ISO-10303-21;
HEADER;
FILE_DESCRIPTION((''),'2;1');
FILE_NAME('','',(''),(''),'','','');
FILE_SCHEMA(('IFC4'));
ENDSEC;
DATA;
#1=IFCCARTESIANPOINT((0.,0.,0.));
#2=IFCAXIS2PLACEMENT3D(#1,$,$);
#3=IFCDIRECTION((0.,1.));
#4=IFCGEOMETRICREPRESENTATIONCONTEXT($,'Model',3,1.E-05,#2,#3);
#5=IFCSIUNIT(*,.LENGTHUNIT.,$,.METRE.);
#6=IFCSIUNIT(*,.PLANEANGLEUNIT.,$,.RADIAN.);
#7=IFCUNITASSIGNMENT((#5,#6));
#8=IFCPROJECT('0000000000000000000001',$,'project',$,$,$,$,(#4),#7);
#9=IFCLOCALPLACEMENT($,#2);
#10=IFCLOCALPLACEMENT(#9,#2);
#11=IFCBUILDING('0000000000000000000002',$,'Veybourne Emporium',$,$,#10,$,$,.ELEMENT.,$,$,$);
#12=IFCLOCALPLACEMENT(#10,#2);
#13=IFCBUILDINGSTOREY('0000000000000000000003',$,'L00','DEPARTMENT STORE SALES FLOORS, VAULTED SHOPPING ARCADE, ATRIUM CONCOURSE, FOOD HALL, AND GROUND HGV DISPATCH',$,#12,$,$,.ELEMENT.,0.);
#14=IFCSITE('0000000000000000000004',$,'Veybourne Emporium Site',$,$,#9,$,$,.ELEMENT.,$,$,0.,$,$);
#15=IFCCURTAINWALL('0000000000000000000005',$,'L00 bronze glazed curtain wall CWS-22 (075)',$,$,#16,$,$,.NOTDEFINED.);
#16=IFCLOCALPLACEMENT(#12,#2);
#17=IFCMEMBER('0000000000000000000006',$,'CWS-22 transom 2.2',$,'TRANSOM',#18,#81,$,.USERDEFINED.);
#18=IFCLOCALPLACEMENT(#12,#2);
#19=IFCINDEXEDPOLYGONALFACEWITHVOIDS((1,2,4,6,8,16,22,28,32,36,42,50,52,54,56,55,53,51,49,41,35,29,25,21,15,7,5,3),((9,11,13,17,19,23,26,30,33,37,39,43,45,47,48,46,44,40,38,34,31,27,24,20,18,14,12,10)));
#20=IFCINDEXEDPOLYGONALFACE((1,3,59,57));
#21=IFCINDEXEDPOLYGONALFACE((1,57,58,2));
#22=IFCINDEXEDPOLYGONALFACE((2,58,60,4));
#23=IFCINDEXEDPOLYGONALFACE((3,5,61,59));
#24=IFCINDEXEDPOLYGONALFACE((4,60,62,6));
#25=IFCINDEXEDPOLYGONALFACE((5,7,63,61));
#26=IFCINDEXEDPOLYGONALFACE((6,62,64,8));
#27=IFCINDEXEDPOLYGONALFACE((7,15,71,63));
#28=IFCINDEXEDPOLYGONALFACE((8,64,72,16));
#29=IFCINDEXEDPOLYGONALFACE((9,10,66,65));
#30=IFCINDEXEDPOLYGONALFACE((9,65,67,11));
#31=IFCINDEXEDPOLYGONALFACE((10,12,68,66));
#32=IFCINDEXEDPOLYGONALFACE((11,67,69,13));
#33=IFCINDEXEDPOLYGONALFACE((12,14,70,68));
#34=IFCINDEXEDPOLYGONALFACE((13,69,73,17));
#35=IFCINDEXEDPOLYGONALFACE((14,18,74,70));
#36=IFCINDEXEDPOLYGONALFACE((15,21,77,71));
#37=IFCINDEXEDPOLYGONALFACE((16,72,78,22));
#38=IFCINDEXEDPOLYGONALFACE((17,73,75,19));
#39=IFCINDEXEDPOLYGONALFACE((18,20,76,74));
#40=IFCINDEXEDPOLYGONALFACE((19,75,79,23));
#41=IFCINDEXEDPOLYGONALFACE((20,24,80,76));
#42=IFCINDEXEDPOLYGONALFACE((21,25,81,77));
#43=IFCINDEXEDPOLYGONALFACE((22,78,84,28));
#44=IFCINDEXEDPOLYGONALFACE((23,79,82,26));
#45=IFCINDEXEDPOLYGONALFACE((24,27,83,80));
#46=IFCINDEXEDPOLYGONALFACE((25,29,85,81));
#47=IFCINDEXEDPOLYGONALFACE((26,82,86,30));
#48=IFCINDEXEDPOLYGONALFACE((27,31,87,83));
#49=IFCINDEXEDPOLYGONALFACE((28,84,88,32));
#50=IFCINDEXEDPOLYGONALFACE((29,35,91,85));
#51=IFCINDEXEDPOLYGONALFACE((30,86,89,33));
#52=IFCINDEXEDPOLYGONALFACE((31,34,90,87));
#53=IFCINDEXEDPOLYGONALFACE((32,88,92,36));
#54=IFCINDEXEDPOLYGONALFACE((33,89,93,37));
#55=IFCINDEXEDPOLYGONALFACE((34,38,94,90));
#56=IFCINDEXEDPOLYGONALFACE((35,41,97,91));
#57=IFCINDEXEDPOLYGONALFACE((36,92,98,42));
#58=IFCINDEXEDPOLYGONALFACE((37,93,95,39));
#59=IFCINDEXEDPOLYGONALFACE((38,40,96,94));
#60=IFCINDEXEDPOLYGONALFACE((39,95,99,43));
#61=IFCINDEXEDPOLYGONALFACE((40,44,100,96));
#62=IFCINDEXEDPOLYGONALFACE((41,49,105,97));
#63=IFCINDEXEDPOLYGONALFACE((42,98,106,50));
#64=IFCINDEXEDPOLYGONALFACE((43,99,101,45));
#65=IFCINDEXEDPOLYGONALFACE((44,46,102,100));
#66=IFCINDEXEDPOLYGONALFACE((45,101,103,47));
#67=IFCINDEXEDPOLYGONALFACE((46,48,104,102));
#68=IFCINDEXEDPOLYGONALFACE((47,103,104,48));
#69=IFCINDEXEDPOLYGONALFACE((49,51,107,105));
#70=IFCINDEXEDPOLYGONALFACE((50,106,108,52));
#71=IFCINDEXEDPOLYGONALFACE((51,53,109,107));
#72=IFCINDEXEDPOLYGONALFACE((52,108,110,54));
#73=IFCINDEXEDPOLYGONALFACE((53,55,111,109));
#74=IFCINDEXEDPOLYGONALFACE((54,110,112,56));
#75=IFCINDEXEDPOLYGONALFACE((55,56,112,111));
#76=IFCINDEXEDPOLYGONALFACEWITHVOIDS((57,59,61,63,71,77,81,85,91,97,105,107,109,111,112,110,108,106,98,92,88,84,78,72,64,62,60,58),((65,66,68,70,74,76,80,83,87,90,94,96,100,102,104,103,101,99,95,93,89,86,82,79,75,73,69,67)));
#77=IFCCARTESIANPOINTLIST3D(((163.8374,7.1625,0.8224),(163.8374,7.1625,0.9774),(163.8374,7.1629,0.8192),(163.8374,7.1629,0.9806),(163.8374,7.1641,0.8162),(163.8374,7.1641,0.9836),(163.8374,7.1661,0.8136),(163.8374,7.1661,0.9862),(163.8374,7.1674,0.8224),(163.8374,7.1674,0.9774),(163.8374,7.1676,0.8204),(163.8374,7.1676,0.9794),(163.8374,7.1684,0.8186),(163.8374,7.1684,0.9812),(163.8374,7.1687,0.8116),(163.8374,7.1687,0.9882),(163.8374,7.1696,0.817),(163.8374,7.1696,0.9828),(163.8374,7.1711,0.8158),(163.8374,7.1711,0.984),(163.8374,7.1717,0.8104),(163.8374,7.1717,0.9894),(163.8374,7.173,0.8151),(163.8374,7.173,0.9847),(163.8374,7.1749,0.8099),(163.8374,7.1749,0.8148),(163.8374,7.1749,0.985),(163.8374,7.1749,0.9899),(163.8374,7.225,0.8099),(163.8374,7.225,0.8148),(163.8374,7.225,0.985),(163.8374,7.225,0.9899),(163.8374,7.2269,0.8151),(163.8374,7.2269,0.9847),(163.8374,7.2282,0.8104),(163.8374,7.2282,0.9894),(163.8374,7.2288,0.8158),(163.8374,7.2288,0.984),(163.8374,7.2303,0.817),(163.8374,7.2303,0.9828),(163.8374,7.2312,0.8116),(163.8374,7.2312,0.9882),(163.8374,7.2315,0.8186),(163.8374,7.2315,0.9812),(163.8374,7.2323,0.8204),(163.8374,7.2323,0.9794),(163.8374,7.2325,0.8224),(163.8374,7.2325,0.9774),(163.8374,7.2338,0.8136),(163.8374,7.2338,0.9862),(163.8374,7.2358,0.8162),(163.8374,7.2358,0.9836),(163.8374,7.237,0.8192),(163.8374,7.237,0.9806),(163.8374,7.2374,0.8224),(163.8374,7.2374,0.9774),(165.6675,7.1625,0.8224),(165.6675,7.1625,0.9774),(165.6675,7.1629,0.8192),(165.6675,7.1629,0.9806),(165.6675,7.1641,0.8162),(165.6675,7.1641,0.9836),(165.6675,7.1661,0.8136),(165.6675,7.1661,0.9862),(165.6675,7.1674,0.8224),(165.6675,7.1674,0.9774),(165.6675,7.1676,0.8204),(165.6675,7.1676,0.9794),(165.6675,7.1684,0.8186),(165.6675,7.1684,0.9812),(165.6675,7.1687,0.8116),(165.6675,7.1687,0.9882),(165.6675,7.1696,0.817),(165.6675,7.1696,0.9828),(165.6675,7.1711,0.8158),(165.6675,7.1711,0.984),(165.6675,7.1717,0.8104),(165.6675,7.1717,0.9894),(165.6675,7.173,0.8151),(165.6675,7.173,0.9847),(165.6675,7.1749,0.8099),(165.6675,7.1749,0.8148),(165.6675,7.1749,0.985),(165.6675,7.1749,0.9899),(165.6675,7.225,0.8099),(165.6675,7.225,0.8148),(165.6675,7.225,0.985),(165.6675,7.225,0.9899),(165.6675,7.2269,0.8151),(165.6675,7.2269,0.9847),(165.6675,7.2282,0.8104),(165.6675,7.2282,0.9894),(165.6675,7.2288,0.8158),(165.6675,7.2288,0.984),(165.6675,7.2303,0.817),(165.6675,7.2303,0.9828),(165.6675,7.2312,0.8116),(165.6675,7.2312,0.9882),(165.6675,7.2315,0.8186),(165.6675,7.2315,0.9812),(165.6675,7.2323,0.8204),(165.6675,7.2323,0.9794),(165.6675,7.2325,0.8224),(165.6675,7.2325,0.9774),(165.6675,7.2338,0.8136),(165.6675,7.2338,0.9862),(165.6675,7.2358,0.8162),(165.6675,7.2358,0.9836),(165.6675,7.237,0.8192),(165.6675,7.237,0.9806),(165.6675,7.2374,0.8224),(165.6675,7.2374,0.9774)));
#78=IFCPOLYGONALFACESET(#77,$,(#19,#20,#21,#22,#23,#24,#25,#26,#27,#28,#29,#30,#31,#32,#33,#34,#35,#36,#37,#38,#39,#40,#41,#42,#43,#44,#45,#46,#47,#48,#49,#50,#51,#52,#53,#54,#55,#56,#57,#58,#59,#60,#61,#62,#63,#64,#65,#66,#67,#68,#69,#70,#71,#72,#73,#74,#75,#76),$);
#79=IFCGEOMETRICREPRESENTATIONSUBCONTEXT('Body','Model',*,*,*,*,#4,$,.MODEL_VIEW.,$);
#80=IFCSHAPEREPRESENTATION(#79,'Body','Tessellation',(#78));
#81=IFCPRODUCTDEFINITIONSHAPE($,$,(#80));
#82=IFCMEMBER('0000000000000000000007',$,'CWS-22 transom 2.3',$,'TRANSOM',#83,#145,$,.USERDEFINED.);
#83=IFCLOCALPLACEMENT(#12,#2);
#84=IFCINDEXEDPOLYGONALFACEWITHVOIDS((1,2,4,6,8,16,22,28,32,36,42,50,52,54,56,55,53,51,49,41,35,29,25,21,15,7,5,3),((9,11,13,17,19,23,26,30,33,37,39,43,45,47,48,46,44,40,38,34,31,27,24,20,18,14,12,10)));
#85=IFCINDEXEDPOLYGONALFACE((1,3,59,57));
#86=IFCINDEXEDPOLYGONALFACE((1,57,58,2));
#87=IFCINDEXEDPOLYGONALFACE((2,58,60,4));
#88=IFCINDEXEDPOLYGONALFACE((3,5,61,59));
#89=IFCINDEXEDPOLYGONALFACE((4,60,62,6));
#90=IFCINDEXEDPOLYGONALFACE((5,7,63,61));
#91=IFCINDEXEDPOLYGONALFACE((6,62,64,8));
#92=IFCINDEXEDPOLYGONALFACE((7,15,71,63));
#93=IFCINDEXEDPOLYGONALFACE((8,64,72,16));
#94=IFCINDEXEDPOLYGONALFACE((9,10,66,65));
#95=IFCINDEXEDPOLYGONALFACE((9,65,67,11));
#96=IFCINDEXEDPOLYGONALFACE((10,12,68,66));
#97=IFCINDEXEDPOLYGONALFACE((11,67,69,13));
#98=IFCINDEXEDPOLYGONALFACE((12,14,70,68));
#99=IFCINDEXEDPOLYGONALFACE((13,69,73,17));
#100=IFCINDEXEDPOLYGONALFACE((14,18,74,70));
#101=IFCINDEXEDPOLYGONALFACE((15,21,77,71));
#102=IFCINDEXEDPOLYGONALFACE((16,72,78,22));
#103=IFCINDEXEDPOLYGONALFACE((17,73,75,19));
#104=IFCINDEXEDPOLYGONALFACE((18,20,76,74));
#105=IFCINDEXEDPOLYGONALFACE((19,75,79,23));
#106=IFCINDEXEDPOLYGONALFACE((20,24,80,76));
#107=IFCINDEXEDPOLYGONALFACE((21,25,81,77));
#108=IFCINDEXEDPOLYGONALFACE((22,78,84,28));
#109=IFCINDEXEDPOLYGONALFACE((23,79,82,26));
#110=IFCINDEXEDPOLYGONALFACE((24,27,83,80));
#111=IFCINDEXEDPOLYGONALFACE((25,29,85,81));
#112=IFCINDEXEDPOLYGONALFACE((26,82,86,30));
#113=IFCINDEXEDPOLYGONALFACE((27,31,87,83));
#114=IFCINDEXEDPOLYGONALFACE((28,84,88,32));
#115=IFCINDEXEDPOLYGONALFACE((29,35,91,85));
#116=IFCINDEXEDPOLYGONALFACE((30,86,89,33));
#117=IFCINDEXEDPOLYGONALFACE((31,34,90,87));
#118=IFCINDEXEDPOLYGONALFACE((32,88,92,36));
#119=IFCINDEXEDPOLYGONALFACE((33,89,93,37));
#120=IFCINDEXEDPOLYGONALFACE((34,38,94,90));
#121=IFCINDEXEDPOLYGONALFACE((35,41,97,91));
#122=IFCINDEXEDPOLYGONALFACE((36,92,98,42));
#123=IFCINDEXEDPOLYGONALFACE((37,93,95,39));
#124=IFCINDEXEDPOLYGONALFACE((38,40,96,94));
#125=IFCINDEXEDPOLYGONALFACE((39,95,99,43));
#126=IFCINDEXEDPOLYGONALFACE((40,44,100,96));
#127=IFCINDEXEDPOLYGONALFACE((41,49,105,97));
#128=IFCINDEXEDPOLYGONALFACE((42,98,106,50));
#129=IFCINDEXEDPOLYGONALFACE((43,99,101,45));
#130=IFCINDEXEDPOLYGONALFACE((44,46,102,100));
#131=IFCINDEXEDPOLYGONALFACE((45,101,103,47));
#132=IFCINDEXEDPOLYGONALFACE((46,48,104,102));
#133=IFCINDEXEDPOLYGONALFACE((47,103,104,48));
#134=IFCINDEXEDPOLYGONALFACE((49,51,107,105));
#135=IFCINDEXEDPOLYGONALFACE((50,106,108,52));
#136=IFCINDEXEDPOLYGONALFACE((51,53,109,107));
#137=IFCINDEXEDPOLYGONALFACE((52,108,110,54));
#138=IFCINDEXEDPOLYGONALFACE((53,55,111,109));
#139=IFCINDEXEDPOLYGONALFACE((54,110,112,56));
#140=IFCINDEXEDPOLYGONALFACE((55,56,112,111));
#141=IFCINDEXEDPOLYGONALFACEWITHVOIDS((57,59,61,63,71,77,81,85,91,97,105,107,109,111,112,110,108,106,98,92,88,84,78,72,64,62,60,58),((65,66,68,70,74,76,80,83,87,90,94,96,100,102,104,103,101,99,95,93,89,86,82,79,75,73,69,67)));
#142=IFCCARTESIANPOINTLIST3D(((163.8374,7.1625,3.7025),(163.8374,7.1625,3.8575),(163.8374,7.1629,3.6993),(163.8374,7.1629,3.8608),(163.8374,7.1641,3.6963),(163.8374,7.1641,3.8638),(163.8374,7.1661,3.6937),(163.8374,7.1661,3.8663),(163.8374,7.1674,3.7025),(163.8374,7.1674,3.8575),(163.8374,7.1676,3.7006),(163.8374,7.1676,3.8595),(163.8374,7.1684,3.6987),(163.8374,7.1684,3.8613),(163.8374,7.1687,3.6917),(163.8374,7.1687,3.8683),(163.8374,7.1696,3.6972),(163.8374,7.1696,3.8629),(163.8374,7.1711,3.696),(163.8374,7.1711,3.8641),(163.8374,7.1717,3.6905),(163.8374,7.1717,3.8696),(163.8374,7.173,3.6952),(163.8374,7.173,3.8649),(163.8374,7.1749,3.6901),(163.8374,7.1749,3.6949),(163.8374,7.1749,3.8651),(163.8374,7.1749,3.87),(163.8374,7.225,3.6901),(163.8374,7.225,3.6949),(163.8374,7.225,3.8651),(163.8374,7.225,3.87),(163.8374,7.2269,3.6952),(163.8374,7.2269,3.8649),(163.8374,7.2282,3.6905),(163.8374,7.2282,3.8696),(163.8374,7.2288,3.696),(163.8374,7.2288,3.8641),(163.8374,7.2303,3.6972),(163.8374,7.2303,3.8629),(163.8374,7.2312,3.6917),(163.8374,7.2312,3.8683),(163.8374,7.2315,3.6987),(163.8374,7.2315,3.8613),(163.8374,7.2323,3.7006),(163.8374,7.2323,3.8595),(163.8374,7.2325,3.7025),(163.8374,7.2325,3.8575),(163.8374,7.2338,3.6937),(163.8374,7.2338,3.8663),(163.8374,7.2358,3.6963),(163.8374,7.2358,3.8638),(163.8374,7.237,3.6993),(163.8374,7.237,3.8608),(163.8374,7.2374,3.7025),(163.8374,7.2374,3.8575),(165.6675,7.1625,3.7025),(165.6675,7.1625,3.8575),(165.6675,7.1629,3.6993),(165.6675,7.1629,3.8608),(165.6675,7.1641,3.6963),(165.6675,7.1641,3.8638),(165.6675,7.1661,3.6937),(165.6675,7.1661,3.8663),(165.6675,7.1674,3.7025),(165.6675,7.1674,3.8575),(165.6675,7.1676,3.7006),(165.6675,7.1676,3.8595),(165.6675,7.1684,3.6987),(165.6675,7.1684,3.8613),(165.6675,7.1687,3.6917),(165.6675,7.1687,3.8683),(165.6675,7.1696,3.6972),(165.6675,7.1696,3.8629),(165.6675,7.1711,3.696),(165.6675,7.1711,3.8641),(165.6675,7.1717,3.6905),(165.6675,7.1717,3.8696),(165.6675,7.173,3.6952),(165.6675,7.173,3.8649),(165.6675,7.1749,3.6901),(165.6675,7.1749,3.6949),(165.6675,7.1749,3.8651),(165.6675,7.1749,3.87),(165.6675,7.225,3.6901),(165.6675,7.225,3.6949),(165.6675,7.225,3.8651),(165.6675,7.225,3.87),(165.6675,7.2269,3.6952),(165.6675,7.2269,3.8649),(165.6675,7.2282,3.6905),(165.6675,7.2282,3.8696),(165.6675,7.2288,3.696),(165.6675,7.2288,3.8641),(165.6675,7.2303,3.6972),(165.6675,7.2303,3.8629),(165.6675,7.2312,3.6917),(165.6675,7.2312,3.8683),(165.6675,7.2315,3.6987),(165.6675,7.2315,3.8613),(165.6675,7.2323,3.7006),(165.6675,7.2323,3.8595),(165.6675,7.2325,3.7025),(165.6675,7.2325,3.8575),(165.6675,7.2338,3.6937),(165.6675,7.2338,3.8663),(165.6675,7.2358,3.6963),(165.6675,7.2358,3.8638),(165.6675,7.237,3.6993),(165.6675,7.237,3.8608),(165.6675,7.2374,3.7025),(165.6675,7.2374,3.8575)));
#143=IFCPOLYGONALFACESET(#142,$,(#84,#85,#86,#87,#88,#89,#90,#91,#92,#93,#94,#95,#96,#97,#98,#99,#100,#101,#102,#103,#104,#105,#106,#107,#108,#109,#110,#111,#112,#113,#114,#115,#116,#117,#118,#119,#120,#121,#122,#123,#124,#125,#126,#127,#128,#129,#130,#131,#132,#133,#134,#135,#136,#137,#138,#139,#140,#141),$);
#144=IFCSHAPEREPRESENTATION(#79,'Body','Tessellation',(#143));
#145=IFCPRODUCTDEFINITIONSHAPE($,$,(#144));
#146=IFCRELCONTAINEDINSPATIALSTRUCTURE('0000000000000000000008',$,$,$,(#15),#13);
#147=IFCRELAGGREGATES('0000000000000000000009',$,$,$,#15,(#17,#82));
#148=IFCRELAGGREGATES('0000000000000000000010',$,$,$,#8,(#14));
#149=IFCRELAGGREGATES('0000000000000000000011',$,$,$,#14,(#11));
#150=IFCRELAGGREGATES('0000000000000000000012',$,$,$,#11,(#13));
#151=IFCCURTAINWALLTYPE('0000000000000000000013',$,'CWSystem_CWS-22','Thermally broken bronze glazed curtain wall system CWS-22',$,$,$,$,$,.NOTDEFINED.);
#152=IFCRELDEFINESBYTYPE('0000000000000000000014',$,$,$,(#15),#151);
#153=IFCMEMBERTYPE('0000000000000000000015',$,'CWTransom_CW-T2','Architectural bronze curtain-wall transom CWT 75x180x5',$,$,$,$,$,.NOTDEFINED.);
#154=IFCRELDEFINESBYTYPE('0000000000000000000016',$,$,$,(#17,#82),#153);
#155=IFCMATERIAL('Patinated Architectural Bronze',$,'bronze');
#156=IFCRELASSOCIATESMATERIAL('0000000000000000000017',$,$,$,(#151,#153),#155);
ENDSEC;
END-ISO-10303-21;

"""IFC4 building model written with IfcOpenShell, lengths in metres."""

from ifc_helpers import new_model, si_unit, direction, frame, origin, origin_2d, place, context, subcontext, project, spatial, hollow_rectangle, extrude, material, material_profile, profile_set, type_object, element, aggregate, save


model = new_model("IFC4")

# Units and contexts
model_context = context("Model", 3, precision=1e-05, world=origin(), true_north=direction((0.0, 1.0)))
body_context = subcontext(model_context, "Body", "Model", "MODEL_VIEW")
ifc_project = project(units=[si_unit("LENGTHUNIT", "METRE"), si_unit("PLANEANGLEUNIT", "RADIAN")], contexts=[model_context])

# Site, building, storey
site_placement = place(None, origin())
site = spatial("IfcSite", under=ifc_project, at=site_placement, Name="Veybourne Emporium Site", CompositionType="ELEMENT", RefElevation=0.0)
building_placement = place(site_placement, origin())
building = spatial("IfcBuilding", under=site, at=building_placement, Name="Veybourne Emporium", CompositionType="ELEMENT")
storey_placement = place(building_placement, origin())
storey = spatial("IfcBuildingStorey", under=building, at=storey_placement, Name="L00", Description="DEPARTMENT STORE SALES FLOORS, VAULTED SHOPPING ARCADE, ATRIUM CONCOURSE, FOOD HALL, AND GROUND HGV DISPATCH", CompositionType="ELEMENT", Elevation=0.0)

# Curtain wall
ifc_material_1 = material(Name="Patinated Architectural Bronze", Category="bronze")
curtain_wall_type_1 = type_object("IfcCurtainWallType", Name="CWSystem_CWS-22", Description="Thermally broken bronze glazed curtain wall system CWS-22", PredefinedType="NOTDEFINED", material=ifc_material_1)
curtain_wall_1_placement = place(storey_placement, origin())
curtain_wall_1 = element("IfcCurtainWall", 1, at=curtain_wall_1_placement, inside=storey, type_object=curtain_wall_type_1, Name="L00 bronze glazed curtain wall CWS-22 (075)", PredefinedType="NOTDEFINED")

# Members
ifc_material_profile_1 = material_profile(ifc_material_1, hollow_rectangle(XDim=0.075, YDim=0.1799, WallThickness=0.0049, InnerFilletRadius=0.0076, OuterFilletRadius=0.0125, at=origin_2d()), Name="CWT 75x180x5")
ifc_profile_set_1 = profile_set([ifc_material_profile_1], Name="Patinated Architectural Bronze")
member_type_1 = type_object("IfcMemberType", Name="CWTransom_CW-T2", Description="Architectural bronze curtain-wall transom CWT 75x180x5", PredefinedType="NOTDEFINED", material=ifc_profile_set_1)
member_1_placement = place(storey_placement, frame((165.6675, 7.2, 0.8999), z_axis=(-1.0, 0.0, 0.0), x_axis=(0.0, -1.0, 0.0)))
member_1 = element("IfcMember", 2, at=member_1_placement, type_object=member_type_1, Name="CWS-22 transom 2.2", ObjectType="TRANSOM", PredefinedType="USERDEFINED", context=body_context, shape_type="SweptSolid", body=[
    extrude(hollow_rectangle(XDim=0.075, YDim=0.1799, WallThickness=0.0049, InnerFilletRadius=0.0076, OuterFilletRadius=0.0125, at=origin_2d()), origin(), (0.0, 0.0, 1.0), 1.8301),
])
member_2_placement = place(storey_placement, frame((165.6675, 7.2, 3.78), z_axis=(-1.0, 0.0, 0.0), x_axis=(0.0, -1.0, 0.0)))
member_2 = element("IfcMember", 3, at=member_2_placement, type_object=member_type_1, Name="CWS-22 transom 2.3", ObjectType="TRANSOM", PredefinedType="USERDEFINED", context=body_context, shape_type="SweptSolid", body=[
    extrude(hollow_rectangle(XDim=0.075, YDim=0.1799, WallThickness=0.0049, InnerFilletRadius=0.0076, OuterFilletRadius=0.0125, at=origin_2d()), origin(), (0.0, 0.0, 1.0), 1.8301),
])

aggregate(curtain_wall_1, [member_1, member_2])

save(model, "model.ifc")
